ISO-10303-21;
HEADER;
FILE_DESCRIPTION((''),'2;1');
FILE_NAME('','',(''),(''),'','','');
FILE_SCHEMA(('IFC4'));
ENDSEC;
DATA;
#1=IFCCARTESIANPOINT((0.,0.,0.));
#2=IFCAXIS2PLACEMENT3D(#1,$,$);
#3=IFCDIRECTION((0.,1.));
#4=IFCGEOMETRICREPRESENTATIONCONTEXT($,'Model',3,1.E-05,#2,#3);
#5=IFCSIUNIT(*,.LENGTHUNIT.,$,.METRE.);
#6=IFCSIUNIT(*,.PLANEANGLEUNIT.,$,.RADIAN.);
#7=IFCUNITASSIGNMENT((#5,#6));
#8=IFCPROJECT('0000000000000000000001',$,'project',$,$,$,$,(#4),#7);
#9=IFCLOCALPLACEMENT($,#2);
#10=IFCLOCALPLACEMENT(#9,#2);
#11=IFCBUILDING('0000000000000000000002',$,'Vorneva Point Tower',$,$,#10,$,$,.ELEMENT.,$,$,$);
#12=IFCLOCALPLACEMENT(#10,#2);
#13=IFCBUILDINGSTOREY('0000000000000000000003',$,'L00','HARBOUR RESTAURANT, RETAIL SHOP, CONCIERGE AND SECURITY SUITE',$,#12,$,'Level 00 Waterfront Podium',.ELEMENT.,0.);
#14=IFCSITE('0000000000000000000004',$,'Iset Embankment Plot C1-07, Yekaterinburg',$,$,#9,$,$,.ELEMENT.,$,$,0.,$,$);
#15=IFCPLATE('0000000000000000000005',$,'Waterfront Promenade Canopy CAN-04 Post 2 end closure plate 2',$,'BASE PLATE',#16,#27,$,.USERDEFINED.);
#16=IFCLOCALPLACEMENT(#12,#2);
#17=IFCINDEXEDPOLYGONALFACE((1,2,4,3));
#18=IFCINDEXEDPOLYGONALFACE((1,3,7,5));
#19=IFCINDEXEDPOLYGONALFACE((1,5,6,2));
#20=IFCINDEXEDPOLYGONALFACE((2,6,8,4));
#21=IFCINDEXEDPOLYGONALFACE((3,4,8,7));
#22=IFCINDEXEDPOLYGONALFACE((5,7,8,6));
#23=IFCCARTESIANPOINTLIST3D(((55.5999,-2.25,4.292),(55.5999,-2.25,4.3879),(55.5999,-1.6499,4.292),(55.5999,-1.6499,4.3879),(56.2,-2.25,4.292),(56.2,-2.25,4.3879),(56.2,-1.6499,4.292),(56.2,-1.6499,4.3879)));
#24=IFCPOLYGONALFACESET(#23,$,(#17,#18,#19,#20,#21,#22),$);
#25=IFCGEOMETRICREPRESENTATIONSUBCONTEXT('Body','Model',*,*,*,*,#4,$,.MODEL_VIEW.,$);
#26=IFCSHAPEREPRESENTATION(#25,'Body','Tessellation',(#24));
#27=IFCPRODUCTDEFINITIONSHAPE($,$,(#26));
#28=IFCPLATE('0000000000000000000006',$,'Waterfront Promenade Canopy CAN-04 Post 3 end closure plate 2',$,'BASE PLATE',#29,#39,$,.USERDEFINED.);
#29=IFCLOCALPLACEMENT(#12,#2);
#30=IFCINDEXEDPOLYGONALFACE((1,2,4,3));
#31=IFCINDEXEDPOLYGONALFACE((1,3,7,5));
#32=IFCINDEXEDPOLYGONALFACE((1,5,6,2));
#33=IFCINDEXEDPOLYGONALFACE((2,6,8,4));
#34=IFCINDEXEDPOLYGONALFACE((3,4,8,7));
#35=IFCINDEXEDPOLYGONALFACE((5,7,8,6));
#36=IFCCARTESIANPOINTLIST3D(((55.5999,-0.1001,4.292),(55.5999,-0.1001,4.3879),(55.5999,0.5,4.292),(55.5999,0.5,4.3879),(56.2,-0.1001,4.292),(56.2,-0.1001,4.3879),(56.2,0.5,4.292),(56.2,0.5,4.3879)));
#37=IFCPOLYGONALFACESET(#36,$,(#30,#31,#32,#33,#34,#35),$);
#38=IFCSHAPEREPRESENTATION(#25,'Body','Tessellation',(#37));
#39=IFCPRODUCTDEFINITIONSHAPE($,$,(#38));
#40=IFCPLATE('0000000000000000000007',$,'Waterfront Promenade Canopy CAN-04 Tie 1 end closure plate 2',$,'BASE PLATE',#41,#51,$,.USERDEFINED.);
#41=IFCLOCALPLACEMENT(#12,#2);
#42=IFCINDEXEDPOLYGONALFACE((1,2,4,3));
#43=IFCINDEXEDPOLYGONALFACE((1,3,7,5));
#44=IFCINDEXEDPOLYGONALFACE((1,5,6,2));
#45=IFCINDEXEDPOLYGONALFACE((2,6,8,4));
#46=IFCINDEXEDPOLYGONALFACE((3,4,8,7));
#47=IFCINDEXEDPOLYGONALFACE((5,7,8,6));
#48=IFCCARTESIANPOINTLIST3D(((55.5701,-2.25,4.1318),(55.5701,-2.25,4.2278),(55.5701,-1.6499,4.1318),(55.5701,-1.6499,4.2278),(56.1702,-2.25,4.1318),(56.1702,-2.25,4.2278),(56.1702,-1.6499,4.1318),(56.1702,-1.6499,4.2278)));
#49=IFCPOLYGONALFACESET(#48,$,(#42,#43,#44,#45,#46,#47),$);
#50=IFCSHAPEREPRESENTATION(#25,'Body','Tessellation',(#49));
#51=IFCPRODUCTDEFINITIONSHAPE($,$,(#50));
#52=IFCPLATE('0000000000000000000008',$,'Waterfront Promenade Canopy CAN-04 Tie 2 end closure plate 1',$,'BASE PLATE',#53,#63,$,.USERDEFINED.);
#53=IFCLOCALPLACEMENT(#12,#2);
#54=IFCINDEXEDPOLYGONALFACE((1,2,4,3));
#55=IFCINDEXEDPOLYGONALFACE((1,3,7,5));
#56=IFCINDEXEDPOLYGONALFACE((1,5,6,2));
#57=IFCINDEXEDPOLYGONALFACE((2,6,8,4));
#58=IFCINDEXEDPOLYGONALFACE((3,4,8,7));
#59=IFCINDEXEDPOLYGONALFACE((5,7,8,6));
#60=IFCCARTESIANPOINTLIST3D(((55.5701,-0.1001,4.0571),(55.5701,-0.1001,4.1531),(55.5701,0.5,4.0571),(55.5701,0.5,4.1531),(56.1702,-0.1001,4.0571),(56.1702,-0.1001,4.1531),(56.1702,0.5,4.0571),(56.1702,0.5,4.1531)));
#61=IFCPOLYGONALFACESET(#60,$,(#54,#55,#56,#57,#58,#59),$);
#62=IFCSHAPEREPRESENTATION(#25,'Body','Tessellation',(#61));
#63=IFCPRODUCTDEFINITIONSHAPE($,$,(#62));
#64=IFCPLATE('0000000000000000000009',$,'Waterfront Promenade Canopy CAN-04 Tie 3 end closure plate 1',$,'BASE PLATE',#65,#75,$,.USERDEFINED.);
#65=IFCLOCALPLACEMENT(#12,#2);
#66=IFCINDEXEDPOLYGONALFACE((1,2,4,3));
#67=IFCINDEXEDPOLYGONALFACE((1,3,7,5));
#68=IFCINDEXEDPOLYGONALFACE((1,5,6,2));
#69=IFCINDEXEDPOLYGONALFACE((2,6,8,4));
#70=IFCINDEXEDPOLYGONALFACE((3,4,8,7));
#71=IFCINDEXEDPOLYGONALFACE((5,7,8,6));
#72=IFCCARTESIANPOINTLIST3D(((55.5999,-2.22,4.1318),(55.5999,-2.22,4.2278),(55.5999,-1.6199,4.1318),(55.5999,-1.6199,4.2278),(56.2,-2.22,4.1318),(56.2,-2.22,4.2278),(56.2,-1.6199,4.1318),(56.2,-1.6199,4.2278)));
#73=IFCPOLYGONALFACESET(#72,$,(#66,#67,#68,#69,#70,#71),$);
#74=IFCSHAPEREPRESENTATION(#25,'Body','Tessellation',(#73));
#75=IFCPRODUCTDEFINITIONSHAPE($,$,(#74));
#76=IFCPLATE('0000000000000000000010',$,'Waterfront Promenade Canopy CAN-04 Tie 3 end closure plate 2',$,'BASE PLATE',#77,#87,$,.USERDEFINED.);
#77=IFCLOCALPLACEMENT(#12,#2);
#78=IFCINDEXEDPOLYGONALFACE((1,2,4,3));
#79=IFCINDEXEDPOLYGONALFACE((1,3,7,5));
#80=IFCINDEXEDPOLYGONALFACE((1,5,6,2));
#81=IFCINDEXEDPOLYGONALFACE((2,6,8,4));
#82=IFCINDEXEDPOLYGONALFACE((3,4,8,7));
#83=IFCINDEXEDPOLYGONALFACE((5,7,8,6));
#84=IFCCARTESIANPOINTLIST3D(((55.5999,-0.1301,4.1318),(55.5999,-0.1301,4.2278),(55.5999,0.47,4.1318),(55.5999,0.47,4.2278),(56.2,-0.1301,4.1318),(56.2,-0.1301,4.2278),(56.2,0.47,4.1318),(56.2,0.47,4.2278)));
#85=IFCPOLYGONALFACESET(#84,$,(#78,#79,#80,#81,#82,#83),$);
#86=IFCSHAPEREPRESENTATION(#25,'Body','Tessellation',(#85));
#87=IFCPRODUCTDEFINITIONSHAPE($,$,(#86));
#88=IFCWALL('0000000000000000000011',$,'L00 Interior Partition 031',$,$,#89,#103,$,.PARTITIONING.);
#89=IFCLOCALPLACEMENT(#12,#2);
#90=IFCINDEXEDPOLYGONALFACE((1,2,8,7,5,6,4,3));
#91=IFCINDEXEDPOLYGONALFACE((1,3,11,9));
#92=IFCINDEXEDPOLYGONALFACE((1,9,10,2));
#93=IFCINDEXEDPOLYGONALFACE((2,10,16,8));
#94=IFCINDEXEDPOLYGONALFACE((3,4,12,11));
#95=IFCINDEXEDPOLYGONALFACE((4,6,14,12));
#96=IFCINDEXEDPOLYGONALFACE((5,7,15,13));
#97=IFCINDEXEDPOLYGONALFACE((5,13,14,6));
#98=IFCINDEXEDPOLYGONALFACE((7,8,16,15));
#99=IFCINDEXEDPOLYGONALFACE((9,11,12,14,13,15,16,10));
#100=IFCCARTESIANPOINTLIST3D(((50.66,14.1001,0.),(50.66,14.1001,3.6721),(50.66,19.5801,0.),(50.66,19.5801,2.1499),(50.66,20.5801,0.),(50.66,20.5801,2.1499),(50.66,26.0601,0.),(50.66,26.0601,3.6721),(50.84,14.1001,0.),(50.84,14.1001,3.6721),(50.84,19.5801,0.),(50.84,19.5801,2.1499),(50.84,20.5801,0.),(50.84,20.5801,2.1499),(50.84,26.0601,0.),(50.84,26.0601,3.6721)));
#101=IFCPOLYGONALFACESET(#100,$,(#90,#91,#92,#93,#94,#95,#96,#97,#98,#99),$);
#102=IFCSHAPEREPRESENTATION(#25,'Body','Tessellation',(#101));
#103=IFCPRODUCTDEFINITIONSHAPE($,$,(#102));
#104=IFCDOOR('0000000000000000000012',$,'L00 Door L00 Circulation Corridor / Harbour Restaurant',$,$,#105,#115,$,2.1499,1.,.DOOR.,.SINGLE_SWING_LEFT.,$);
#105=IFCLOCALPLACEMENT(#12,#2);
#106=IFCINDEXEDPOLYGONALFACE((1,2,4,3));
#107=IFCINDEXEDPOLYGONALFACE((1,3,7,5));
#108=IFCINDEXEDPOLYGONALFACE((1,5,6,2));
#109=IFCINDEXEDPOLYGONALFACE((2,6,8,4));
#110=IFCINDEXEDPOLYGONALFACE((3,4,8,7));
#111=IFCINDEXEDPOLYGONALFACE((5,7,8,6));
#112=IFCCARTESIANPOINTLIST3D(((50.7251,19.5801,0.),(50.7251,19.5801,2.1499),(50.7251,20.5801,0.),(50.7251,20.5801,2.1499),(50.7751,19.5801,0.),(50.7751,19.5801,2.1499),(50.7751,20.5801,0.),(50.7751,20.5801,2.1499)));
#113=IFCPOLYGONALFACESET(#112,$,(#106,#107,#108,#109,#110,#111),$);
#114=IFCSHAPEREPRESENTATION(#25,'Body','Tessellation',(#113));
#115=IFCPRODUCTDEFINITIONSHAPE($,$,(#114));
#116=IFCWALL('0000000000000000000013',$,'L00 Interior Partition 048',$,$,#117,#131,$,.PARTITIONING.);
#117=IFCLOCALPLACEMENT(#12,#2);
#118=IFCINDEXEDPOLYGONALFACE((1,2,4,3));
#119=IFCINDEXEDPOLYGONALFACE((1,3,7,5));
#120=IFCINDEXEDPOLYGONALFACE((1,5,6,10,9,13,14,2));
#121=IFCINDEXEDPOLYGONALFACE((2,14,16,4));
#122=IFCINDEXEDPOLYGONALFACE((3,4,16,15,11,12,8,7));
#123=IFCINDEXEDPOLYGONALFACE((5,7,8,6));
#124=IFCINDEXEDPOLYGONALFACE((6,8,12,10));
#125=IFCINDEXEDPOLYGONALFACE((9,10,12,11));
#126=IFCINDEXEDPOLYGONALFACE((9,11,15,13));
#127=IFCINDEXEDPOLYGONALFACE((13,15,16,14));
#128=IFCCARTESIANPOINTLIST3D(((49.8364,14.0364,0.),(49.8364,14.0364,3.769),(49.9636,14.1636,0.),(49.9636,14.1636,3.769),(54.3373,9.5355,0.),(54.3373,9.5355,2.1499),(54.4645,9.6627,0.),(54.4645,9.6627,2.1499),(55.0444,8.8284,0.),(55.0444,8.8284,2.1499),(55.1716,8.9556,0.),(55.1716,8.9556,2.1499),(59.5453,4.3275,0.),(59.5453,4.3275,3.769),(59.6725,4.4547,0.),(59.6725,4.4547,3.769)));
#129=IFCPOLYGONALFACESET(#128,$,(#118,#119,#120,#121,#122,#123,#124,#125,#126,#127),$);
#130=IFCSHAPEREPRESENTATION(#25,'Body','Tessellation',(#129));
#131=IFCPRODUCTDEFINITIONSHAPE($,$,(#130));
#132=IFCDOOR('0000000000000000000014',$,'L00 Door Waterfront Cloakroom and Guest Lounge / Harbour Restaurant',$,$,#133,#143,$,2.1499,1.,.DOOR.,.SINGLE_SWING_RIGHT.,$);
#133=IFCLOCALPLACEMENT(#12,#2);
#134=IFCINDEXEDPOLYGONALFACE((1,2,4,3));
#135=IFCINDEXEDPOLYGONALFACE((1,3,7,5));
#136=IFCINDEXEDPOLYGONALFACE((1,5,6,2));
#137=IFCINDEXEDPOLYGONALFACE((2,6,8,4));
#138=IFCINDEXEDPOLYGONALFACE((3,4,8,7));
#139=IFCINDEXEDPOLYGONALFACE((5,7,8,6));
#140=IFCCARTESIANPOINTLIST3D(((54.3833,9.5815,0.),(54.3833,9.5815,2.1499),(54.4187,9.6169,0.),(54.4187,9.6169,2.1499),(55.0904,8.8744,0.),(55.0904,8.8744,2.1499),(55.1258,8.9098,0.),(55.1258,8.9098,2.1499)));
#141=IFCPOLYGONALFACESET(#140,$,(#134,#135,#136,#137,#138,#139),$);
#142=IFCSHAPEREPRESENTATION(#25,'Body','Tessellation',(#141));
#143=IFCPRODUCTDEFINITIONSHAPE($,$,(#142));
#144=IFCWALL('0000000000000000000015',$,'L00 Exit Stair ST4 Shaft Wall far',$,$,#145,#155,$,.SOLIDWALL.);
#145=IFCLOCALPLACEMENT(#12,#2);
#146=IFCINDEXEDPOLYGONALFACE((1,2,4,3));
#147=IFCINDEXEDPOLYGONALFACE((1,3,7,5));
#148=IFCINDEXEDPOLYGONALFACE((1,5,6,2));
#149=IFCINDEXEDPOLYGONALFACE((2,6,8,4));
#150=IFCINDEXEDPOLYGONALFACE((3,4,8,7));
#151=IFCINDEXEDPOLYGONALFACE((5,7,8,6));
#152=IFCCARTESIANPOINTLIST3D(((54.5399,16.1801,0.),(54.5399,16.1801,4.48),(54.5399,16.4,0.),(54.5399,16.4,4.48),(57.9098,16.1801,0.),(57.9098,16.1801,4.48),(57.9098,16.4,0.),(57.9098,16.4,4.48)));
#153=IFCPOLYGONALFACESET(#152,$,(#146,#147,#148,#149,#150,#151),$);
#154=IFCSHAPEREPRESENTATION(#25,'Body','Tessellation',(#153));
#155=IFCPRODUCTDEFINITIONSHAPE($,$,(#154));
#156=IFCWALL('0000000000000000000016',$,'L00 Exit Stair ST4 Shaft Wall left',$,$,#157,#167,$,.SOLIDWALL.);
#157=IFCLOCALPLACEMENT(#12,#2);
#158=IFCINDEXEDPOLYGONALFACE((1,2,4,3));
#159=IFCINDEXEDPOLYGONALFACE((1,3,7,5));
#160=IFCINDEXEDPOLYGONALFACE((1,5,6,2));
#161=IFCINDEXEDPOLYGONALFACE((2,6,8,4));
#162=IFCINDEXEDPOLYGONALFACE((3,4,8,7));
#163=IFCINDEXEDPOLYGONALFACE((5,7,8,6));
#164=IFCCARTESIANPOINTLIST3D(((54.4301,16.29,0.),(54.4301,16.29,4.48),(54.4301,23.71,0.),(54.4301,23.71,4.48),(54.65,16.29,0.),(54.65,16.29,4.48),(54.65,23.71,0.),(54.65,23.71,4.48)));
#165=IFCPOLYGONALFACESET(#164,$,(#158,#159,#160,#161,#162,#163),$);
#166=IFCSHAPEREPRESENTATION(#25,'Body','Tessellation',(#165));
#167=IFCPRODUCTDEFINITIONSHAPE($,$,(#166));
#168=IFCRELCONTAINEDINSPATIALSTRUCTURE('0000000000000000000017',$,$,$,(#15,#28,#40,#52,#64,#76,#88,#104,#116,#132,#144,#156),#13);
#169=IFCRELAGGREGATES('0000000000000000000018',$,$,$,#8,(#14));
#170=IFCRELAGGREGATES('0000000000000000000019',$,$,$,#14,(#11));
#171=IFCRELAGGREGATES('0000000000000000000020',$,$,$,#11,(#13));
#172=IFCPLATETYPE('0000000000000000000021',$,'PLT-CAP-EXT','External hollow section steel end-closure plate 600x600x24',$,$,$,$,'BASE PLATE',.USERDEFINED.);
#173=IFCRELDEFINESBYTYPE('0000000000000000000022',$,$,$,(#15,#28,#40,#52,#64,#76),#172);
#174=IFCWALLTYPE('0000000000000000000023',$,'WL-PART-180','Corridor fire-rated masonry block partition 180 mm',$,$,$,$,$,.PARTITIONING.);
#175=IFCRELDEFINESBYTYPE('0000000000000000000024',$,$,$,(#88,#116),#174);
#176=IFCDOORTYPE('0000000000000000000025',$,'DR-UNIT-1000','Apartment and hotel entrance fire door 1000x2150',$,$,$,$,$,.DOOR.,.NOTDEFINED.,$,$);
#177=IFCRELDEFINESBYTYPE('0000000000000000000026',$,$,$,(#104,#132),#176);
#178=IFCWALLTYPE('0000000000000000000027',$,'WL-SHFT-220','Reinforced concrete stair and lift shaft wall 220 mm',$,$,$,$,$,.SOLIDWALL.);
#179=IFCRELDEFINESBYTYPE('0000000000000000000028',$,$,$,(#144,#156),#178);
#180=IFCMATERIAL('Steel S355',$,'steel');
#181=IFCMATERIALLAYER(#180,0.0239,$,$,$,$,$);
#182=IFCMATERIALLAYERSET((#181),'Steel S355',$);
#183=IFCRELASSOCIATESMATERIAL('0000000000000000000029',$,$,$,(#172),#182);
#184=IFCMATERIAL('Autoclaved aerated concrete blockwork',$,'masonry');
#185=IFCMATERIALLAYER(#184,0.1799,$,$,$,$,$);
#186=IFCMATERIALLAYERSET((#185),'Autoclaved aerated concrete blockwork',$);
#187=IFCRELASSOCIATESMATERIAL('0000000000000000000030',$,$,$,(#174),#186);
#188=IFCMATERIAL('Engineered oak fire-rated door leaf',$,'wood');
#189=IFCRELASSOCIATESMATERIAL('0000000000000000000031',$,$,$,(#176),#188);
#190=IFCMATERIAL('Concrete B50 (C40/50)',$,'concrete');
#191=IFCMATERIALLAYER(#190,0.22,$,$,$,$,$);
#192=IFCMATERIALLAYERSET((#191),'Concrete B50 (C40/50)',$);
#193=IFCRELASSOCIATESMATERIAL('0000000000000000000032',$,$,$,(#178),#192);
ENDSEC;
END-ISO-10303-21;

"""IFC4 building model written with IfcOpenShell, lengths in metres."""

from ifc_helpers import new_model, si_unit, direction, frame, frame_2d, origin, origin_2d, place, context, subcontext, project, spatial, rectangle, extrude, material, layer, layer_set, type_object, element, fill, save


model = new_model("IFC4")

# Units and contexts
model_context = context("Model", 3, precision=1e-05, world=origin(), true_north=direction((0.0, 1.0)))
body_context = subcontext(model_context, "Body", "Model", "MODEL_VIEW")
ifc_project = project(units=[si_unit("LENGTHUNIT", "METRE"), si_unit("PLANEANGLEUNIT", "RADIAN")], contexts=[model_context])

# Site, building, storey
site_placement = place(None, origin())
site = spatial("IfcSite", under=ifc_project, at=site_placement, Name="Iset Embankment Plot C1-07, Yekaterinburg", CompositionType="ELEMENT", RefElevation=0.0)
building_placement = place(site_placement, origin())
building = spatial("IfcBuilding", under=site, at=building_placement, Name="Vorneva Point Tower", CompositionType="ELEMENT")
storey_placement = place(building_placement, origin())
storey = spatial("IfcBuildingStorey", under=building, at=storey_placement, Name="L00", Description="HARBOUR RESTAURANT, RETAIL SHOP, CONCIERGE AND SECURITY SUITE", LongName="Level 00 Waterfront Podium", CompositionType="ELEMENT", Elevation=0.0)

# Shared definitions
ifc_material_1 = material(Name="Steel S355", Category="steel")

# Plates
ifc_layer_1 = layer(ifc_material_1, 0.0239)
ifc_layer_set_1 = layer_set([ifc_layer_1], Name="Steel S355")
plate_type_1 = type_object("IfcPlateType", Name="PLT-CAP-EXT", Description="External hollow section steel end-closure plate 600x600x24", ElementType="BASE PLATE", PredefinedType="USERDEFINED", material=ifc_layer_set_1)
for number, where, z_axis, x_axis, name in (
    (1, (55.8999, -1.95, 4.292), (0.0, 0.0, 1.0), (1.0, 0.0, 0.0), "Waterfront Promenade Canopy CAN-04 Post 2 end closure plate 2"),
    (2, (55.8999, 0.2, 4.292), (0.0, 0.0, 1.0), (1.0, 0.0, 0.0), "Waterfront Promenade Canopy CAN-04 Post 3 end closure plate 2"),
    (3, (55.8701, -1.95, 4.1318), (0.0, 0.0, 1.0), (1.0, 0.0, 0.0), "Waterfront Promenade Canopy CAN-04 Tie 1 end closure plate 2"),
    (4, (55.8701, 0.2, 4.0571), (0.0, 0.0, 1.0), (-1.0, 0.0, 0.0), "Waterfront Promenade Canopy CAN-04 Tie 2 end closure plate 1"),
    (5, (55.8999, -1.9199, 4.1318), (0.0, 0.0, 1.0), (0.0, 1.0, 0.0), "Waterfront Promenade Canopy CAN-04 Tie 3 end closure plate 1"),
    (6, (55.8999, 0.1699, 4.1318), (0.0, 0.0, 1.0), (0.0, 1.0, 0.0), "Waterfront Promenade Canopy CAN-04 Tie 3 end closure plate 2"),
):
    element("IfcPlate", number, at=place(storey_placement, frame(where, z_axis=z_axis, x_axis=x_axis)), inside=storey, type_object=plate_type_1, Name=name, ObjectType="BASE PLATE", PredefinedType="USERDEFINED", context=body_context, shape_type="SweptSolid", body=[
        extrude(rectangle(XDim=0.6001, YDim=0.6001, at=origin_2d()), origin(), (0.0, 0.0, 1.0), 0.0959),
    ])

# Walls, openings, doors
ifc_material_2 = material(Name="Autoclaved aerated concrete blockwork", Category="masonry")
ifc_layer_2 = layer(ifc_material_2, 0.1799)
ifc_layer_set_2 = layer_set([ifc_layer_2], Name="Autoclaved aerated concrete blockwork")
wall_type_1 = type_object("IfcWallType", Name="WL-PART-180", Description="Corridor fire-rated masonry block partition 180 mm", PredefinedType="PARTITIONING", material=ifc_layer_set_2)
wall_1_placement = place(storey_placement, frame((50.75, 14.1001, 0.0), z_axis=(0.0, 0.0, 1.0), x_axis=(0.0, 1.0, 0.0)))
wall_1 = element("IfcWall", 7, at=wall_1_placement, inside=storey, type_object=wall_type_1, Name="L00 Interior Partition 031", PredefinedType="PARTITIONING", context=body_context, shape_type="SweptSolid", body=[
    extrude(rectangle(XDim=11.96, YDim=0.1799, at=frame_2d((5.98, 0.0))), origin(), (0.0, 0.0, 1.0), 3.6721),
])
opening_1_placement = place(wall_1_placement, frame((5.48, 0.0, 0.0)))
opening_1 = element("IfcOpeningElement", 8, at=opening_1_placement, cuts=wall_1, PredefinedType="OPENING", context=body_context, shape_type="SweptSolid", body=[
    extrude(rectangle(XDim=1.0, YDim=2.1499, at=frame_2d((0.5, 1.075))), frame((0.0, 0.105, 0.0), z_axis=(0.0, -1.0, 0.0), x_axis=(1.0, 0.0, 0.0)), (0.0, 0.0, 1.0), 0.2097),
])
ifc_material_3 = material(Name="Engineered oak fire-rated door leaf", Category="wood")
door_type = type_object("IfcDoorType", Name="DR-UNIT-1000", Description="Apartment and hotel entrance fire door 1000x2150", OperationType="NOTDEFINED", PredefinedType="DOOR", material=ifc_material_3)
door_1_placement = place(opening_1_placement, origin())
door_1 = element("IfcDoor", 9, at=door_1_placement, inside=storey, type_object=door_type, Name="L00 Door L00 Circulation Corridor / Harbour Restaurant", OperationType="SINGLE_SWING_LEFT", OverallHeight=2.1499, OverallWidth=1.0, PredefinedType="DOOR", context=body_context, shape_type="SweptSolid", body=[
    extrude(rectangle(XDim=1.0, YDim=2.1499, at=frame_2d((0.5, 1.075))), frame((0.0, 0.0249, 0.0), z_axis=(0.0, -1.0, 0.0), x_axis=(1.0, 0.0, 0.0)), (0.0, 0.0, 1.0), 0.05),
])
fill(opening_1, door_1)
wall_2_placement = place(storey_placement, frame((59.6089, 4.3911, 0.0), z_axis=(0.0, 0.0, 1.0), x_axis=(-0.707107, 0.707107, 0.0)))
wall_2 = element("IfcWall", 10, at=wall_2_placement, inside=storey, type_object=wall_type_1, Name="L00 Interior Partition 048", PredefinedType="PARTITIONING", context=body_context, shape_type="SweptSolid", body=[
    extrude(rectangle(XDim=13.7305, YDim=0.1799, at=frame_2d((6.8652, 0.0))), origin(), (0.0, 0.0, 1.0), 3.769),
])
opening_2_placement = place(wall_2_placement, frame((6.3652, 0.0, 0.0)))
opening_2 = element("IfcOpeningElement", 11, at=opening_2_placement, cuts=wall_2, PredefinedType="OPENING", context=body_context, shape_type="SweptSolid", body=[
    extrude(rectangle(XDim=1.0, YDim=2.1499, at=frame_2d((0.5, 1.075))), frame((0.0, 0.105, 0.0), z_axis=(0.0, -1.0, 0.0), x_axis=(1.0, 0.0, 0.0)), (0.0, 0.0, 1.0), 0.2097),
])
door_2_placement = place(opening_2_placement, origin())
door_2 = element("IfcDoor", 12, at=door_2_placement, inside=storey, type_object=door_type, Name="L00 Door Waterfront Cloakroom and Guest Lounge / Harbour Restaurant", OperationType="SINGLE_SWING_RIGHT", OverallHeight=2.1499, OverallWidth=1.0, PredefinedType="DOOR", context=body_context, shape_type="SweptSolid", body=[
    extrude(rectangle(XDim=1.0, YDim=2.1499, at=frame_2d((0.5, 1.075))), frame((0.0, 0.0249, 0.0), z_axis=(0.0, -1.0, 0.0), x_axis=(1.0, 0.0, 0.0)), (0.0, 0.0, 1.0), 0.05),
])
fill(opening_2, door_2)

# Walls
ifc_material_4 = material(Name="Concrete B50 (C40/50)", Category="concrete")
ifc_layer_3 = layer(ifc_material_4, 0.22)
ifc_layer_set_3 = layer_set([ifc_layer_3], Name="Concrete B50 (C40/50)")
wall_type_2 = type_object("IfcWallType", Name="WL-SHFT-220", Description="Reinforced concrete stair and lift shaft wall 220 mm", PredefinedType="SOLIDWALL", material=ifc_layer_set_3)
wall_3_placement = place(storey_placement, frame((57.9099, 16.29, 0.0), z_axis=(0.0, 0.0, 1.0), x_axis=(-1.0, 0.0, 0.0)))
element("IfcWall", 13, at=wall_3_placement, inside=storey, type_object=wall_type_2, Name="L00 Exit Stair ST4 Shaft Wall far", PredefinedType="SOLIDWALL", context=body_context, shape_type="SweptSolid", body=[
    extrude(rectangle(XDim=3.3699, YDim=0.22, at=frame_2d((1.6851, 0.0))), origin(), (0.0, 0.0, 1.0), 4.48),
])
wall_4_placement = place(storey_placement, frame((54.54, 16.29, 0.0), z_axis=(0.0, 0.0, 1.0), x_axis=(0.0, 1.0, 0.0)))
element("IfcWall", 14, at=wall_4_placement, inside=storey, type_object=wall_type_2, Name="L00 Exit Stair ST4 Shaft Wall left", PredefinedType="SOLIDWALL", context=body_context, shape_type="SweptSolid", body=[
    extrude(rectangle(XDim=7.4199, YDim=0.22, at=frame_2d((3.71, 0.0))), origin(), (0.0, 0.0, 1.0), 4.48),
])

save(model, "model.ifc")
